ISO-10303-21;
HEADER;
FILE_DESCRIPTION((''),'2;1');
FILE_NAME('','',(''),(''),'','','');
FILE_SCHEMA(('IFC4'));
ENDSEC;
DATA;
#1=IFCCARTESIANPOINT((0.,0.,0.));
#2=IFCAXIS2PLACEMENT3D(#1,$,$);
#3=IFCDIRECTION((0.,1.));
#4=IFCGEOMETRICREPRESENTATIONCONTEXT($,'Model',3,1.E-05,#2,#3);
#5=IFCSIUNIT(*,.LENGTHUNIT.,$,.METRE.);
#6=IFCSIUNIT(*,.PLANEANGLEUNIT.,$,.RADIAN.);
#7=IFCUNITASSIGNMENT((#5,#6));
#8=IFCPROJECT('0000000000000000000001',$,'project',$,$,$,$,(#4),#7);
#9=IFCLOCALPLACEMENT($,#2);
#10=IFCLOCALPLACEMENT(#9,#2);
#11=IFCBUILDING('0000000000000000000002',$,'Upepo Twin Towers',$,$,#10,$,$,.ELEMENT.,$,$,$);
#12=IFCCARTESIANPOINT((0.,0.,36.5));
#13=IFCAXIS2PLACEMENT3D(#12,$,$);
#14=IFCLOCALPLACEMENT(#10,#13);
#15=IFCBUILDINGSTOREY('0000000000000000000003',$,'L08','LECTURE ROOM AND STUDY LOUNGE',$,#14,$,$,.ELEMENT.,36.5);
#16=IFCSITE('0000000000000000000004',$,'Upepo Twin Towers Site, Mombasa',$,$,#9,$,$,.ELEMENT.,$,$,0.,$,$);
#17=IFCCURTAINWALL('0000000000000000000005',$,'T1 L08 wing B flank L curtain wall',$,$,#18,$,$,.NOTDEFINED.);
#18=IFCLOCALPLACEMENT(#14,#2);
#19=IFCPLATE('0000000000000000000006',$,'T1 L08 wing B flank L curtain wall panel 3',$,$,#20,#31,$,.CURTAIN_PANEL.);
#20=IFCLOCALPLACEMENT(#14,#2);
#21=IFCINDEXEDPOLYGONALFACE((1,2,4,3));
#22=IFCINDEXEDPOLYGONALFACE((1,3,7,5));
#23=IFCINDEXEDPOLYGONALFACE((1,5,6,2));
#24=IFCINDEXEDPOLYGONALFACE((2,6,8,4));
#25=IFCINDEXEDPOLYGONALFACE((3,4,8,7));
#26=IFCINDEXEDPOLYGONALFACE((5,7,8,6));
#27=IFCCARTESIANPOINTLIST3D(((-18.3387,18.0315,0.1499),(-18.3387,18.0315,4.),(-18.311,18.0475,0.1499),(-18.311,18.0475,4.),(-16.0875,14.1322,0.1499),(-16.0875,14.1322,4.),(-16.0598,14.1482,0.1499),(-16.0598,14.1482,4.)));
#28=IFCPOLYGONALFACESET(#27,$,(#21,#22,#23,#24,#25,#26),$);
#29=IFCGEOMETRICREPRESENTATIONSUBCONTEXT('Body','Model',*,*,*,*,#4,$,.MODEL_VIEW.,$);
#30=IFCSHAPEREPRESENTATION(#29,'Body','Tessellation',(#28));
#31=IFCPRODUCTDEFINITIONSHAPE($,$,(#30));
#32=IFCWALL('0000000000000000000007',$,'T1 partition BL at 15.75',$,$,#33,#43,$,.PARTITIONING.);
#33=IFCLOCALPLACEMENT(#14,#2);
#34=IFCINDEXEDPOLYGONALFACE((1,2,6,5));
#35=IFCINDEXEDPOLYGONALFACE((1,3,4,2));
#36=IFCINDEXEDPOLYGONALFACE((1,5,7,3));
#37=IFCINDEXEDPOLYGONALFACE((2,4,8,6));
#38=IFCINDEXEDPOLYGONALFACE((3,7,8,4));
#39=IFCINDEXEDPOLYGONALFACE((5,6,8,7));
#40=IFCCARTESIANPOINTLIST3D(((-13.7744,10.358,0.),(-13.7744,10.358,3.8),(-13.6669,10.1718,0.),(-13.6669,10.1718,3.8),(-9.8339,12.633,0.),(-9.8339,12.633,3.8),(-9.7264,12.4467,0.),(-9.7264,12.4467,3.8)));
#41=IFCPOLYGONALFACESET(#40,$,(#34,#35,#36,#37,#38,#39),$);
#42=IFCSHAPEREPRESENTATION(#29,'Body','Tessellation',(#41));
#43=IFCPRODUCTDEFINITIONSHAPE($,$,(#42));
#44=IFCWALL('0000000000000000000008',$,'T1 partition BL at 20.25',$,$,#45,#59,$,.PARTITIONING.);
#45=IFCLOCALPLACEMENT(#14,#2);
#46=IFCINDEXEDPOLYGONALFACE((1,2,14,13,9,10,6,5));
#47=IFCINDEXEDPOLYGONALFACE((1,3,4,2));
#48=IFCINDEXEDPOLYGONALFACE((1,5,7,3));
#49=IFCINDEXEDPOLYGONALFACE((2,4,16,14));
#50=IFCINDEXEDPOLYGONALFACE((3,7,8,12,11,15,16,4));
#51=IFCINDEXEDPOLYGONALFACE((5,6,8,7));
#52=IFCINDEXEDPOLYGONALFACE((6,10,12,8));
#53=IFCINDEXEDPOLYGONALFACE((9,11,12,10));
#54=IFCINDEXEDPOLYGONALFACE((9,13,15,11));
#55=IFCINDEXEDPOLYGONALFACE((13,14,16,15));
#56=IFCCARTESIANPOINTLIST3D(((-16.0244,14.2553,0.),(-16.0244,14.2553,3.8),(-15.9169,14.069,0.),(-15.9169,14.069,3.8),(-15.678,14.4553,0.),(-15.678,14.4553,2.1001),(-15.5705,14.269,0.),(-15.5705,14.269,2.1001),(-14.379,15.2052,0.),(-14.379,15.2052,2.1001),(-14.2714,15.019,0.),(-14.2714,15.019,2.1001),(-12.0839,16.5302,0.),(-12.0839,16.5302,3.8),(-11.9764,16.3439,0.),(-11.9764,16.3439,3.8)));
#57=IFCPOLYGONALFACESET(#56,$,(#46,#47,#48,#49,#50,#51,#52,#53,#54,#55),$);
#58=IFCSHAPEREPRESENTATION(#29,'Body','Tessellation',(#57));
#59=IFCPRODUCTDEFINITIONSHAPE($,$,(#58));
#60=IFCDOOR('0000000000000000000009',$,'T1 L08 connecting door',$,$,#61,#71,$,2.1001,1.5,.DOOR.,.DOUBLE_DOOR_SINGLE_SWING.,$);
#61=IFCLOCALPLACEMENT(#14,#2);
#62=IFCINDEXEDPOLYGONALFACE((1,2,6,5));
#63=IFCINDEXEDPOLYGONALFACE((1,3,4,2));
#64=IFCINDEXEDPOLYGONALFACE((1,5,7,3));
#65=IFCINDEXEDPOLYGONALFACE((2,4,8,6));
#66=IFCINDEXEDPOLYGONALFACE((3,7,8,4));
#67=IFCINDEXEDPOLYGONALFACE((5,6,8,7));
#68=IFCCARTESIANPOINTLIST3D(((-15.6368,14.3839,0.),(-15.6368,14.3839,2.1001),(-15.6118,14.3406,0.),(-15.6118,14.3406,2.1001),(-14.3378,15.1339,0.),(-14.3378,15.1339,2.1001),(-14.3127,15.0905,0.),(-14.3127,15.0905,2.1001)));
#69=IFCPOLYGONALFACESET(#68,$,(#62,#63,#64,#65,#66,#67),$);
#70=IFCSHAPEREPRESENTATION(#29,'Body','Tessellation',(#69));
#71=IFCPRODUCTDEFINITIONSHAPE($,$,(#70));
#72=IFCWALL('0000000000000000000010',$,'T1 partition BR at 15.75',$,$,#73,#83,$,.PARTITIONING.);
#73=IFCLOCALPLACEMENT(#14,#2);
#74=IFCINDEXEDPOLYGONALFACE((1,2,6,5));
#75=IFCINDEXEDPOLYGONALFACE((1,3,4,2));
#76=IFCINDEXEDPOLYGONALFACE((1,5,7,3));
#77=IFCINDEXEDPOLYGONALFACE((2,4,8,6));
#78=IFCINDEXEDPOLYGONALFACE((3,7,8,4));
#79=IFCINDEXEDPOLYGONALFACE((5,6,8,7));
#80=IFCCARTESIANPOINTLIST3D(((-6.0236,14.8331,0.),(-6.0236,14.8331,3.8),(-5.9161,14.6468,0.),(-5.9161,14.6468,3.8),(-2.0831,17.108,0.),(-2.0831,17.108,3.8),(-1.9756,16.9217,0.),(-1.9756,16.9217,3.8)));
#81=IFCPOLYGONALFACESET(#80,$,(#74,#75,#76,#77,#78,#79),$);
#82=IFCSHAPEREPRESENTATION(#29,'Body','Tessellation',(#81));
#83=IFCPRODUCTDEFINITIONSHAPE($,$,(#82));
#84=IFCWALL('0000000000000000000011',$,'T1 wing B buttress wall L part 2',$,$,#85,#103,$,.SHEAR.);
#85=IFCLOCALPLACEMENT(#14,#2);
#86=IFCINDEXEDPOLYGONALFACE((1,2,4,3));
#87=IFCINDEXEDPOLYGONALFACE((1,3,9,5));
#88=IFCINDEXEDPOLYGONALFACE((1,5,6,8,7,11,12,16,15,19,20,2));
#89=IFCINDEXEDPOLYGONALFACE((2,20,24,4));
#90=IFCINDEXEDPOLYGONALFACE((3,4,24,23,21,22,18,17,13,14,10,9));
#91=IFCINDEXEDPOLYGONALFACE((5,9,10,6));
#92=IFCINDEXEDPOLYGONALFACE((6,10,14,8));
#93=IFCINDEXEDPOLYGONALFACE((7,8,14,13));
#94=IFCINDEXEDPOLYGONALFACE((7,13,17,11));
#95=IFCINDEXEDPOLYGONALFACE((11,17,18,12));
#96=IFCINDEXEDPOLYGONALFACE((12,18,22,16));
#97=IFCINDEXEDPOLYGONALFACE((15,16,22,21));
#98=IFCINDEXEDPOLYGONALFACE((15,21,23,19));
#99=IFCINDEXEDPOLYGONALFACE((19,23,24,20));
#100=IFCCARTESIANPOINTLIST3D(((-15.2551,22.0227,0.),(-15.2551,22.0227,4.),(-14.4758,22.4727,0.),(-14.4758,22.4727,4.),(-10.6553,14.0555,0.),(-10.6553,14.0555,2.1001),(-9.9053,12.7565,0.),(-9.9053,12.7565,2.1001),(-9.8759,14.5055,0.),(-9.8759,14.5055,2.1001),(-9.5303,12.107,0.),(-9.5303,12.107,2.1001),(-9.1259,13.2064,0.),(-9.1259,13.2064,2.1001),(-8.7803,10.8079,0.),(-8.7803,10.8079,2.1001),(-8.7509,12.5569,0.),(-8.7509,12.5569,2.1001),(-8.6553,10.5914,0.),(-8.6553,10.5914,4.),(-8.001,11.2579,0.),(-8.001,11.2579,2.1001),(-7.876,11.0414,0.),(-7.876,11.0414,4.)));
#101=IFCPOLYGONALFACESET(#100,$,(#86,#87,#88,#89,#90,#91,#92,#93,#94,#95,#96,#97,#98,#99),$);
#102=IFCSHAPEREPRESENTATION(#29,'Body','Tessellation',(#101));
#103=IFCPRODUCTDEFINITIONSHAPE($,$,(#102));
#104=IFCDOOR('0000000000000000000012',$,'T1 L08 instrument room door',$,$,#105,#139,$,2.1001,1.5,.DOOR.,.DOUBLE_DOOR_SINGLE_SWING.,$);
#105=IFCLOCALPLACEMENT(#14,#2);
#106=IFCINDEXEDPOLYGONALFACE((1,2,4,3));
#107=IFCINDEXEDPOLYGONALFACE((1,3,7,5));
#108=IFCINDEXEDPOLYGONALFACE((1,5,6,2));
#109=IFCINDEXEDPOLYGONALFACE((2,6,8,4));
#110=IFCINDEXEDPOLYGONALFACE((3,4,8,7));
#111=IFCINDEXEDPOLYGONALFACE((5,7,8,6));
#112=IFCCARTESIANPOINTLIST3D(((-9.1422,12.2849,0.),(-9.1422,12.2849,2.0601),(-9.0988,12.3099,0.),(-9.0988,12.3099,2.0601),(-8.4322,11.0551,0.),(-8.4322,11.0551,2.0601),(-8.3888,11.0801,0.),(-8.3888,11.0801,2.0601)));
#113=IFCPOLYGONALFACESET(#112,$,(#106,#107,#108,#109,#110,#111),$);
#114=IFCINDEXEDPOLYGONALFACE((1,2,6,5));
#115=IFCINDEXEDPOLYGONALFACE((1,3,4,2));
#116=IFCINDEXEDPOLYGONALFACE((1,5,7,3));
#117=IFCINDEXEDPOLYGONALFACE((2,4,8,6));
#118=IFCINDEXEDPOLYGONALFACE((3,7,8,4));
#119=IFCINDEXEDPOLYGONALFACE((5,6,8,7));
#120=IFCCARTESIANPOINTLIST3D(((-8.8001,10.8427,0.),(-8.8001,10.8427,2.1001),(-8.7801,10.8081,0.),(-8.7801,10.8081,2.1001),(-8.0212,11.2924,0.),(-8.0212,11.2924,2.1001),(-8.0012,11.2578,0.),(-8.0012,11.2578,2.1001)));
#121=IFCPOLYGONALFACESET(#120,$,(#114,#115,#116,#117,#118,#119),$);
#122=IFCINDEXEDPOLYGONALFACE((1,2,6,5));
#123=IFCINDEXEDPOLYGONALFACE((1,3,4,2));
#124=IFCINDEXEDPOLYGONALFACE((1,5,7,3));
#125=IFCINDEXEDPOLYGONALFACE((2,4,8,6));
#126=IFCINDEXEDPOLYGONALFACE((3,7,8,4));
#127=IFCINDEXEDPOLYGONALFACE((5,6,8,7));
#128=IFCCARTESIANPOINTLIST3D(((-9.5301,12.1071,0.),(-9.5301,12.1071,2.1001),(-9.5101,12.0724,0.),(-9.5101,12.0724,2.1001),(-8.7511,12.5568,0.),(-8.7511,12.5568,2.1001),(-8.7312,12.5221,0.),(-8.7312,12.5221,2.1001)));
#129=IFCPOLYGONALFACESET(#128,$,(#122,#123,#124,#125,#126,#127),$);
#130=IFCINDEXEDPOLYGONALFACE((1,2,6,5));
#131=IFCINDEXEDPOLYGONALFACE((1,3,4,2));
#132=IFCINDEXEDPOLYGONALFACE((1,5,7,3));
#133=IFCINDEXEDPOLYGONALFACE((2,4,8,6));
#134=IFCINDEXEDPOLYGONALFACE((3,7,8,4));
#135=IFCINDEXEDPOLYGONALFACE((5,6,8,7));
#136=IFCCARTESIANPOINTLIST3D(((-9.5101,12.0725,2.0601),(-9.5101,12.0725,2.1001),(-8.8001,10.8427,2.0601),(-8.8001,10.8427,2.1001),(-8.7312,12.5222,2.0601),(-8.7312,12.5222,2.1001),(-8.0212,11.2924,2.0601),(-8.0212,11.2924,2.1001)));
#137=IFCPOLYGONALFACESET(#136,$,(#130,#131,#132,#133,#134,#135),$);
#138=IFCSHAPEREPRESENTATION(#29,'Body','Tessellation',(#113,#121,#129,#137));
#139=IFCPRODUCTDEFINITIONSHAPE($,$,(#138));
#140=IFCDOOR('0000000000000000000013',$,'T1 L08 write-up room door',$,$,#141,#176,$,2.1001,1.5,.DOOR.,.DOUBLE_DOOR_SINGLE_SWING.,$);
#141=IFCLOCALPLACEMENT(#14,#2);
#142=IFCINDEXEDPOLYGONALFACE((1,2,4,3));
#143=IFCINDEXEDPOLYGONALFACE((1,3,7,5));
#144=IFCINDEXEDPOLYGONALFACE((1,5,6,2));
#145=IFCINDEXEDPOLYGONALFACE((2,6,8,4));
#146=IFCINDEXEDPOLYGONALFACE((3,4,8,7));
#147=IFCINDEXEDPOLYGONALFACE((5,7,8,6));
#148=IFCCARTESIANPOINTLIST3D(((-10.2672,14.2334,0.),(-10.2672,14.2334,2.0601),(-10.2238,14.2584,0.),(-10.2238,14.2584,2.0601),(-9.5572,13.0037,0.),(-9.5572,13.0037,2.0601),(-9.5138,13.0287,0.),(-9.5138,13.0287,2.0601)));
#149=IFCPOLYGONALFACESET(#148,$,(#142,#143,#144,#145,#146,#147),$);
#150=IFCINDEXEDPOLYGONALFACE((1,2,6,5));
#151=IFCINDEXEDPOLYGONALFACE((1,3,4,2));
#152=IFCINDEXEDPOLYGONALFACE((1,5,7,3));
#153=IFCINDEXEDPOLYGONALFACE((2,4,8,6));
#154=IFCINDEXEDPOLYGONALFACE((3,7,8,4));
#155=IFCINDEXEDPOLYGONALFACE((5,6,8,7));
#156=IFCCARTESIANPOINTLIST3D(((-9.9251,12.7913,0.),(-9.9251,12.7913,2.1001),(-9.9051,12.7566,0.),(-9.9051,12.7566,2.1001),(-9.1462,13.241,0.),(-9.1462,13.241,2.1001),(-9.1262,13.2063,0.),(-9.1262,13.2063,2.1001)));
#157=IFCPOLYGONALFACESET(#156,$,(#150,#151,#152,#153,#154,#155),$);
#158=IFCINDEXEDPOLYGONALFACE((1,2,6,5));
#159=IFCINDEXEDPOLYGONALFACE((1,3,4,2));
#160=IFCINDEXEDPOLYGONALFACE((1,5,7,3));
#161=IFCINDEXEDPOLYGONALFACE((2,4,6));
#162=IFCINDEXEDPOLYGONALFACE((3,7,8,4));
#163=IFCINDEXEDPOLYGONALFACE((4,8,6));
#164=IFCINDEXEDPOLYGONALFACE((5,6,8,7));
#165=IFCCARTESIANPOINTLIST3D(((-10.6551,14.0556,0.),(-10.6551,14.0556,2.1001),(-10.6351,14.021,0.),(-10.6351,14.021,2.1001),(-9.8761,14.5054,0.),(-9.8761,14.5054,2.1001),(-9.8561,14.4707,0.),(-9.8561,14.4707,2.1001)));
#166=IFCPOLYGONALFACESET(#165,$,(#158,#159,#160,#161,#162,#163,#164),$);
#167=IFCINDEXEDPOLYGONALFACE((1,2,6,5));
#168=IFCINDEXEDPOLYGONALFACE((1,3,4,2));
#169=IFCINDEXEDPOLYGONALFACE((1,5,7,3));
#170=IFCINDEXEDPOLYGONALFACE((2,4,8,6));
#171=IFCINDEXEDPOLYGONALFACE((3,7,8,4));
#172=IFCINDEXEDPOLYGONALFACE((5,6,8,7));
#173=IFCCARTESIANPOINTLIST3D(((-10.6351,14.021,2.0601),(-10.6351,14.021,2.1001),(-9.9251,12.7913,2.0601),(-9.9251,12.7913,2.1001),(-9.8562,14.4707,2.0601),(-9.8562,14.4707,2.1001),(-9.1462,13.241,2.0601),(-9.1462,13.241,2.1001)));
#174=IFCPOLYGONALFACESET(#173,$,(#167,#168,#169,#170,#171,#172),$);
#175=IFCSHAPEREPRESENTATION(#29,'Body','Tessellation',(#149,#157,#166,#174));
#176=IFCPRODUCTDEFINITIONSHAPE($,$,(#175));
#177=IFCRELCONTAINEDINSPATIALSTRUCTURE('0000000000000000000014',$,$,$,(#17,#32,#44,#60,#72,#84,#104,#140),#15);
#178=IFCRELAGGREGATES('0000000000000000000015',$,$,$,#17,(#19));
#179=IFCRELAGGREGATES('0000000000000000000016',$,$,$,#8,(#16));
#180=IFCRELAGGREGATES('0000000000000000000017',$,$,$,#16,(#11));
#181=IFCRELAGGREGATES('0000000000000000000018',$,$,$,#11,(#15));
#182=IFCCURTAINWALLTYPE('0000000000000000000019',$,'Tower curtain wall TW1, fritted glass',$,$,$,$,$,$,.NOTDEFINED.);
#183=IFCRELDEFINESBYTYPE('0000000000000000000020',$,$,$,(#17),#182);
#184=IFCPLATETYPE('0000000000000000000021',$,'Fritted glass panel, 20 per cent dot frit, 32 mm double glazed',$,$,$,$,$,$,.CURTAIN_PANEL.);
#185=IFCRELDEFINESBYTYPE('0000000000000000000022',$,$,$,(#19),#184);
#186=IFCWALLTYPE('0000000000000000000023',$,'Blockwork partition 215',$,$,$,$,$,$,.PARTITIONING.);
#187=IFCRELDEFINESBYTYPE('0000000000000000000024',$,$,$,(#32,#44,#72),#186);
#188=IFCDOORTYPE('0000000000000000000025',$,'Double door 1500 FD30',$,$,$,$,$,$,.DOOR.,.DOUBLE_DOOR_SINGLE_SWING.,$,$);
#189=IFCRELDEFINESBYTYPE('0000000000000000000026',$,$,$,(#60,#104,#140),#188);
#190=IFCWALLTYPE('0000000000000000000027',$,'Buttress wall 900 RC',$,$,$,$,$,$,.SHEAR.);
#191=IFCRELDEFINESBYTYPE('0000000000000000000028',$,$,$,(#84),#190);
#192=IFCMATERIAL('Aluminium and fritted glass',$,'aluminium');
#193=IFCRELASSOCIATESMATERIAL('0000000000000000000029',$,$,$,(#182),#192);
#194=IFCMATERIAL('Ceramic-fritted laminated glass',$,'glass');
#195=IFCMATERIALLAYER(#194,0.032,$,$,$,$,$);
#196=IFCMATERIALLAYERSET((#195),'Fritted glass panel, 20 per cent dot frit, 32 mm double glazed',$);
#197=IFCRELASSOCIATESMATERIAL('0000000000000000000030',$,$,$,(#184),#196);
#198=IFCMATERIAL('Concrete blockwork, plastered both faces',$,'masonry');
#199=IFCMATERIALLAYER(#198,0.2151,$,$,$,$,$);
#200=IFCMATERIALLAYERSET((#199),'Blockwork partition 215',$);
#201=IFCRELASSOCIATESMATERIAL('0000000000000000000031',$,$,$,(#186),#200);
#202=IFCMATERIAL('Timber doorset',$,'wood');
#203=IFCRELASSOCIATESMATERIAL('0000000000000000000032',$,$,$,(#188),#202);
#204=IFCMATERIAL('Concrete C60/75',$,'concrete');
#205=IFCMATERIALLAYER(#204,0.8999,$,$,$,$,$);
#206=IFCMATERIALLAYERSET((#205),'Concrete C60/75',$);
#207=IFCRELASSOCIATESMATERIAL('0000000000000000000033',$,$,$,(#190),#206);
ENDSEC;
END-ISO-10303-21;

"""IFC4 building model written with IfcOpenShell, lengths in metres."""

from ifc_helpers import new_model, si_unit, direction, frame, frame_2d, origin, origin_2d, place, context, subcontext, project, spatial, rectangle, extrude, material, layer, layer_set, type_object, element, fill, aggregate, save


model = new_model("IFC4")

# Units and contexts
model_context = context("Model", 3, precision=1e-05, world=origin(), true_north=direction((0.0, 1.0)))
body_context = subcontext(model_context, "Body", "Model", "MODEL_VIEW")
ifc_project = project(units=[si_unit("LENGTHUNIT", "METRE"), si_unit("PLANEANGLEUNIT", "RADIAN")], contexts=[model_context])

# Site, building, storey
site_placement = place(None, origin())
site = spatial("IfcSite", under=ifc_project, at=site_placement, Name="Upepo Twin Towers Site, Mombasa", CompositionType="ELEMENT", RefElevation=0.0)
building_placement = place(site_placement, origin())
building = spatial("IfcBuilding", under=site, at=building_placement, Name="Upepo Twin Towers", CompositionType="ELEMENT")
storey_placement = place(building_placement, frame((0.0, 0.0, 36.5)))
storey = spatial("IfcBuildingStorey", under=building, at=storey_placement, Name="L08", Description="LECTURE ROOM AND STUDY LOUNGE", CompositionType="ELEMENT", Elevation=36.5)

# Curtain wall, plate
ifc_material_1 = material(Name="Aluminium and fritted glass", Category="aluminium")
curtain_wall_type = type_object("IfcCurtainWallType", Name="Tower curtain wall TW1, fritted glass", PredefinedType="NOTDEFINED", material=ifc_material_1)
curtain_wall_placement = place(storey_placement, origin())
curtain_wall = element("IfcCurtainWall", 1, at=curtain_wall_placement, inside=storey, type_object=curtain_wall_type, Name="T1 L08 wing B flank L curtain wall", PredefinedType="NOTDEFINED")
ifc_material_2 = material(Name="Ceramic-fritted laminated glass", Category="glass")
ifc_layer_1 = layer(ifc_material_2, 0.032)
ifc_layer_set_1 = layer_set([ifc_layer_1], Name="Fritted glass panel, 20 per cent dot frit, 32 mm double glazed")
plate_type = type_object("IfcPlateType", Name="Fritted glass panel, 20 per cent dot frit, 32 mm double glazed", PredefinedType="CURTAIN_PANEL", material=ifc_layer_set_1)
plate_1_placement = place(storey_placement, frame((-17.1992, 16.0898, 0.1499), z_axis=(0.0, 0.0, 1.0), x_axis=(-0.5, 0.866025, 0.0)))
plate_1 = element("IfcPlate", 2, at=plate_1_placement, type_object=plate_type, Name="T1 L08 wing B flank L curtain wall panel 3", PredefinedType="CURTAIN_PANEL", context=body_context, shape_type="SweptSolid", body=[
    extrude(rectangle(XDim=4.5024, YDim=0.032, at=origin_2d()), origin(), (0.0, 0.0, 1.0), 3.8501),
])
aggregate(curtain_wall, [plate_1])

# Wall
ifc_material_3 = material(Name="Concrete blockwork, plastered both faces", Category="masonry")
ifc_layer_2 = layer(ifc_material_3, 0.2151)
ifc_layer_set_2 = layer_set([ifc_layer_2], Name="Blockwork partition 215")
wall_type_1 = type_object("IfcWallType", Name="Blockwork partition 215", PredefinedType="PARTITIONING", material=ifc_layer_set_2)
wall_1_placement = place(storey_placement, frame((-9.7803, 12.5398, 0.0), z_axis=(0.0, 0.0, 1.0), x_axis=(-0.866035, -0.499983, 0.0)))
element("IfcWall", 3, at=wall_1_placement, inside=storey, type_object=wall_type_1, Name="T1 partition BL at 15.75", PredefinedType="PARTITIONING", context=body_context, shape_type="SweptSolid", body=[
    extrude(rectangle(XDim=4.55, YDim=0.2151, at=frame_2d((2.2749, 0.0))), origin(), (0.0, 0.0, 1.0), 3.8),
])

# Wall, opening, door
wall_2_placement = place(storey_placement, frame((-12.0303, 16.437, 0.0), z_axis=(0.0, 0.0, 1.0), x_axis=(-0.866035, -0.499983, 0.0)))
wall_2 = element("IfcWall", 4, at=wall_2_placement, inside=storey, type_object=wall_type_1, Name="T1 partition BL at 20.25", PredefinedType="PARTITIONING", context=body_context, shape_type="SweptSolid", body=[
    extrude(rectangle(XDim=4.55, YDim=0.2151, at=frame_2d((2.2749, 0.0))), origin(), (0.0, 0.0, 1.0), 3.8),
])
opening_1_placement = place(wall_2_placement, frame((2.6499, 0.0, 0.0)))
opening_1 = element("IfcOpeningElement", 5, at=opening_1_placement, cuts=wall_2, PredefinedType="OPENING", context=body_context, shape_type="SweptSolid", body=[
    extrude(rectangle(XDim=1.5, YDim=2.1001, at=frame_2d((0.75, 1.05))), frame((0.0, 0.1174, 0.0), z_axis=(0.0, -1.0, 0.0), x_axis=(1.0, 0.0, 0.0)), (0.0, 0.0, 1.0), 0.2351),
])
ifc_material_4 = material(Name="Timber doorset", Category="wood")
door_type_1 = type_object("IfcDoorType", Name="Double door 1500 FD30", OperationType="DOUBLE_DOOR_SINGLE_SWING", PredefinedType="DOOR", material=ifc_material_4)
door_1_placement = place(opening_1_placement, origin())
door_1 = element("IfcDoor", 6, at=door_1_placement, inside=storey, type_object=door_type_1, Name="T1 L08 connecting door", OperationType="DOUBLE_DOOR_SINGLE_SWING", OverallHeight=2.1001, OverallWidth=1.5, PredefinedType="DOOR", context=body_context, shape_type="SweptSolid", body=[
    extrude(rectangle(XDim=1.5, YDim=2.1001, at=frame_2d((0.75, 1.05))), frame((0.0, 0.0249, 0.0), z_axis=(0.0, -1.0, 0.0), x_axis=(1.0, 0.0, 0.0)), (0.0, 0.0, 1.0), 0.05),
])
fill(opening_1, door_1)

# Wall
wall_3_placement = place(storey_placement, frame((-5.9697, 14.74, 0.0), z_axis=(0.0, 0.0, 1.0), x_axis=(0.866035, 0.499983, 0.0)))
element("IfcWall", 7, at=wall_3_placement, inside=storey, type_object=wall_type_1, Name="T1 partition BR at 15.75", PredefinedType="PARTITIONING", context=body_context, shape_type="SweptSolid", body=[
    extrude(rectangle(XDim=4.55, YDim=0.2151, at=frame_2d((2.2749, 0.0))), origin(), (0.0, 0.0, 1.0), 3.8),
])

# Wall, openings, doors
ifc_material_5 = material(Name="Concrete C60/75", Category="concrete")
ifc_layer_3 = layer(ifc_material_5, 0.8999)
ifc_layer_set_3 = layer_set([ifc_layer_3], Name="Concrete C60/75")
wall_type_2 = type_object("IfcWallType", Name="Buttress wall 900 RC", PredefinedType="SHEAR", material=ifc_layer_set_3)
wall_4_placement = place(storey_placement, frame((-8.2656, 10.8164, 0.0), z_axis=(0.0, 0.0, 1.0), x_axis=(-0.499996, 0.866028, 0.0)))
wall_4 = element("IfcWall", 8, at=wall_4_placement, inside=storey, type_object=wall_type_2, Name="T1 wing B buttress wall L part 2", PredefinedType="SHEAR", context=body_context, shape_type="SweptSolid", body=[
    extrude(rectangle(XDim=13.1997, YDim=0.8999, at=frame_2d((6.5999, 0.0))), origin(), (0.0, 0.0, 1.0), 4.0),
])
opening_2_placement = place(wall_4_placement, frame((0.25, 0.0, 0.0)))
opening_2 = element("IfcOpeningElement", 9, at=opening_2_placement, cuts=wall_4, PredefinedType="OPENING", context=body_context, shape_type="SweptSolid", body=[
    extrude(rectangle(XDim=1.5, YDim=2.1001, at=frame_2d((0.75, 1.05))), frame((0.0, 0.46, 0.0), z_axis=(0.0, -1.0, 0.0), x_axis=(1.0, 0.0, 0.0)), (0.0, 0.0, 1.0), 0.9199),
])
opening_3_placement = place(wall_4_placement, frame((2.5, 0.0, 0.0)))
opening_3 = element("IfcOpeningElement", 10, at=opening_3_placement, cuts=wall_4, PredefinedType="OPENING", context=body_context, shape_type="SweptSolid", body=[
    extrude(rectangle(XDim=1.5, YDim=2.1001, at=frame_2d((0.75, 1.05))), frame((0.0, 0.46, 0.0), z_axis=(0.0, -1.0, 0.0), x_axis=(1.0, 0.0, 0.0)), (0.0, 0.0, 1.0), 0.9199),
])
door_2_placement = place(opening_2_placement, origin())
door_2 = element("IfcDoor", 11, at=door_2_placement, inside=storey, type_object=door_type_1, Name="T1 L08 instrument room door", OperationType="DOUBLE_DOOR_SINGLE_SWING", OverallHeight=2.1001, OverallWidth=1.5, PredefinedType="DOOR", context=body_context, shape_type="SweptSolid", body=[
    extrude(rectangle(XDim=1.42, YDim=2.0601, at=frame_2d((0.75, 1.03))), frame((0.0, 0.0249, 0.0), z_axis=(0.0, -1.0, 0.0), x_axis=(1.0, 0.0, 0.0)), (0.0, 0.0, 1.0), 0.05),
    extrude(rectangle(XDim=0.04, YDim=2.1001, at=frame_2d((0.02, 1.05))), frame((0.0, 0.4497, 0.0), z_axis=(0.0, -1.0, 0.0), x_axis=(1.0, 0.0, 0.0)), (0.0, 0.0, 1.0), 0.8994),
    extrude(rectangle(XDim=0.04, YDim=2.1001, at=frame_2d((1.48, 1.05))), frame((0.0, 0.4497, 0.0), z_axis=(0.0, -1.0, 0.0), x_axis=(1.0, 0.0, 0.0)), (0.0, 0.0, 1.0), 0.8994),
    extrude(rectangle(XDim=1.42, YDim=0.04, at=frame_2d((0.75, 2.0801))), frame((0.0, 0.4497, 0.0), z_axis=(0.0, -1.0, 0.0), x_axis=(1.0, 0.0, 0.0)), (0.0, 0.0, 1.0), 0.8994),
])
fill(opening_2, door_2)
door_3_placement = place(opening_3_placement, origin())
door_3 = element("IfcDoor", 12, at=door_3_placement, inside=storey, type_object=door_type_1, Name="T1 L08 write-up room door", OperationType="DOUBLE_DOOR_SINGLE_SWING", OverallHeight=2.1001, OverallWidth=1.5, PredefinedType="DOOR", context=body_context, shape_type="SweptSolid", body=[
    extrude(rectangle(XDim=1.42, YDim=2.0601, at=frame_2d((0.75, 1.03))), frame((0.0, 0.0249, 0.0), z_axis=(0.0, -1.0, 0.0), x_axis=(1.0, 0.0, 0.0)), (0.0, 0.0, 1.0), 0.05),
    extrude(rectangle(XDim=0.04, YDim=2.1001, at=frame_2d((0.02, 1.05))), frame((0.0, 0.4497, 0.0), z_axis=(0.0, -1.0, 0.0), x_axis=(1.0, 0.0, 0.0)), (0.0, 0.0, 1.0), 0.8994),
    extrude(rectangle(XDim=0.04, YDim=2.1001, at=frame_2d((1.48, 1.05))), frame((0.0, 0.4497, 0.0), z_axis=(0.0, -1.0, 0.0), x_axis=(1.0, 0.0, 0.0)), (0.0, 0.0, 1.0), 0.8994),
    extrude(rectangle(XDim=1.42, YDim=0.04, at=frame_2d((0.75, 2.0801))), frame((0.0, 0.4497, 0.0), z_axis=(0.0, -1.0, 0.0), x_axis=(1.0, 0.0, 0.0)), (0.0, 0.0, 1.0), 0.8994),
])
fill(opening_3, door_3)

save(model, "model.ifc")
